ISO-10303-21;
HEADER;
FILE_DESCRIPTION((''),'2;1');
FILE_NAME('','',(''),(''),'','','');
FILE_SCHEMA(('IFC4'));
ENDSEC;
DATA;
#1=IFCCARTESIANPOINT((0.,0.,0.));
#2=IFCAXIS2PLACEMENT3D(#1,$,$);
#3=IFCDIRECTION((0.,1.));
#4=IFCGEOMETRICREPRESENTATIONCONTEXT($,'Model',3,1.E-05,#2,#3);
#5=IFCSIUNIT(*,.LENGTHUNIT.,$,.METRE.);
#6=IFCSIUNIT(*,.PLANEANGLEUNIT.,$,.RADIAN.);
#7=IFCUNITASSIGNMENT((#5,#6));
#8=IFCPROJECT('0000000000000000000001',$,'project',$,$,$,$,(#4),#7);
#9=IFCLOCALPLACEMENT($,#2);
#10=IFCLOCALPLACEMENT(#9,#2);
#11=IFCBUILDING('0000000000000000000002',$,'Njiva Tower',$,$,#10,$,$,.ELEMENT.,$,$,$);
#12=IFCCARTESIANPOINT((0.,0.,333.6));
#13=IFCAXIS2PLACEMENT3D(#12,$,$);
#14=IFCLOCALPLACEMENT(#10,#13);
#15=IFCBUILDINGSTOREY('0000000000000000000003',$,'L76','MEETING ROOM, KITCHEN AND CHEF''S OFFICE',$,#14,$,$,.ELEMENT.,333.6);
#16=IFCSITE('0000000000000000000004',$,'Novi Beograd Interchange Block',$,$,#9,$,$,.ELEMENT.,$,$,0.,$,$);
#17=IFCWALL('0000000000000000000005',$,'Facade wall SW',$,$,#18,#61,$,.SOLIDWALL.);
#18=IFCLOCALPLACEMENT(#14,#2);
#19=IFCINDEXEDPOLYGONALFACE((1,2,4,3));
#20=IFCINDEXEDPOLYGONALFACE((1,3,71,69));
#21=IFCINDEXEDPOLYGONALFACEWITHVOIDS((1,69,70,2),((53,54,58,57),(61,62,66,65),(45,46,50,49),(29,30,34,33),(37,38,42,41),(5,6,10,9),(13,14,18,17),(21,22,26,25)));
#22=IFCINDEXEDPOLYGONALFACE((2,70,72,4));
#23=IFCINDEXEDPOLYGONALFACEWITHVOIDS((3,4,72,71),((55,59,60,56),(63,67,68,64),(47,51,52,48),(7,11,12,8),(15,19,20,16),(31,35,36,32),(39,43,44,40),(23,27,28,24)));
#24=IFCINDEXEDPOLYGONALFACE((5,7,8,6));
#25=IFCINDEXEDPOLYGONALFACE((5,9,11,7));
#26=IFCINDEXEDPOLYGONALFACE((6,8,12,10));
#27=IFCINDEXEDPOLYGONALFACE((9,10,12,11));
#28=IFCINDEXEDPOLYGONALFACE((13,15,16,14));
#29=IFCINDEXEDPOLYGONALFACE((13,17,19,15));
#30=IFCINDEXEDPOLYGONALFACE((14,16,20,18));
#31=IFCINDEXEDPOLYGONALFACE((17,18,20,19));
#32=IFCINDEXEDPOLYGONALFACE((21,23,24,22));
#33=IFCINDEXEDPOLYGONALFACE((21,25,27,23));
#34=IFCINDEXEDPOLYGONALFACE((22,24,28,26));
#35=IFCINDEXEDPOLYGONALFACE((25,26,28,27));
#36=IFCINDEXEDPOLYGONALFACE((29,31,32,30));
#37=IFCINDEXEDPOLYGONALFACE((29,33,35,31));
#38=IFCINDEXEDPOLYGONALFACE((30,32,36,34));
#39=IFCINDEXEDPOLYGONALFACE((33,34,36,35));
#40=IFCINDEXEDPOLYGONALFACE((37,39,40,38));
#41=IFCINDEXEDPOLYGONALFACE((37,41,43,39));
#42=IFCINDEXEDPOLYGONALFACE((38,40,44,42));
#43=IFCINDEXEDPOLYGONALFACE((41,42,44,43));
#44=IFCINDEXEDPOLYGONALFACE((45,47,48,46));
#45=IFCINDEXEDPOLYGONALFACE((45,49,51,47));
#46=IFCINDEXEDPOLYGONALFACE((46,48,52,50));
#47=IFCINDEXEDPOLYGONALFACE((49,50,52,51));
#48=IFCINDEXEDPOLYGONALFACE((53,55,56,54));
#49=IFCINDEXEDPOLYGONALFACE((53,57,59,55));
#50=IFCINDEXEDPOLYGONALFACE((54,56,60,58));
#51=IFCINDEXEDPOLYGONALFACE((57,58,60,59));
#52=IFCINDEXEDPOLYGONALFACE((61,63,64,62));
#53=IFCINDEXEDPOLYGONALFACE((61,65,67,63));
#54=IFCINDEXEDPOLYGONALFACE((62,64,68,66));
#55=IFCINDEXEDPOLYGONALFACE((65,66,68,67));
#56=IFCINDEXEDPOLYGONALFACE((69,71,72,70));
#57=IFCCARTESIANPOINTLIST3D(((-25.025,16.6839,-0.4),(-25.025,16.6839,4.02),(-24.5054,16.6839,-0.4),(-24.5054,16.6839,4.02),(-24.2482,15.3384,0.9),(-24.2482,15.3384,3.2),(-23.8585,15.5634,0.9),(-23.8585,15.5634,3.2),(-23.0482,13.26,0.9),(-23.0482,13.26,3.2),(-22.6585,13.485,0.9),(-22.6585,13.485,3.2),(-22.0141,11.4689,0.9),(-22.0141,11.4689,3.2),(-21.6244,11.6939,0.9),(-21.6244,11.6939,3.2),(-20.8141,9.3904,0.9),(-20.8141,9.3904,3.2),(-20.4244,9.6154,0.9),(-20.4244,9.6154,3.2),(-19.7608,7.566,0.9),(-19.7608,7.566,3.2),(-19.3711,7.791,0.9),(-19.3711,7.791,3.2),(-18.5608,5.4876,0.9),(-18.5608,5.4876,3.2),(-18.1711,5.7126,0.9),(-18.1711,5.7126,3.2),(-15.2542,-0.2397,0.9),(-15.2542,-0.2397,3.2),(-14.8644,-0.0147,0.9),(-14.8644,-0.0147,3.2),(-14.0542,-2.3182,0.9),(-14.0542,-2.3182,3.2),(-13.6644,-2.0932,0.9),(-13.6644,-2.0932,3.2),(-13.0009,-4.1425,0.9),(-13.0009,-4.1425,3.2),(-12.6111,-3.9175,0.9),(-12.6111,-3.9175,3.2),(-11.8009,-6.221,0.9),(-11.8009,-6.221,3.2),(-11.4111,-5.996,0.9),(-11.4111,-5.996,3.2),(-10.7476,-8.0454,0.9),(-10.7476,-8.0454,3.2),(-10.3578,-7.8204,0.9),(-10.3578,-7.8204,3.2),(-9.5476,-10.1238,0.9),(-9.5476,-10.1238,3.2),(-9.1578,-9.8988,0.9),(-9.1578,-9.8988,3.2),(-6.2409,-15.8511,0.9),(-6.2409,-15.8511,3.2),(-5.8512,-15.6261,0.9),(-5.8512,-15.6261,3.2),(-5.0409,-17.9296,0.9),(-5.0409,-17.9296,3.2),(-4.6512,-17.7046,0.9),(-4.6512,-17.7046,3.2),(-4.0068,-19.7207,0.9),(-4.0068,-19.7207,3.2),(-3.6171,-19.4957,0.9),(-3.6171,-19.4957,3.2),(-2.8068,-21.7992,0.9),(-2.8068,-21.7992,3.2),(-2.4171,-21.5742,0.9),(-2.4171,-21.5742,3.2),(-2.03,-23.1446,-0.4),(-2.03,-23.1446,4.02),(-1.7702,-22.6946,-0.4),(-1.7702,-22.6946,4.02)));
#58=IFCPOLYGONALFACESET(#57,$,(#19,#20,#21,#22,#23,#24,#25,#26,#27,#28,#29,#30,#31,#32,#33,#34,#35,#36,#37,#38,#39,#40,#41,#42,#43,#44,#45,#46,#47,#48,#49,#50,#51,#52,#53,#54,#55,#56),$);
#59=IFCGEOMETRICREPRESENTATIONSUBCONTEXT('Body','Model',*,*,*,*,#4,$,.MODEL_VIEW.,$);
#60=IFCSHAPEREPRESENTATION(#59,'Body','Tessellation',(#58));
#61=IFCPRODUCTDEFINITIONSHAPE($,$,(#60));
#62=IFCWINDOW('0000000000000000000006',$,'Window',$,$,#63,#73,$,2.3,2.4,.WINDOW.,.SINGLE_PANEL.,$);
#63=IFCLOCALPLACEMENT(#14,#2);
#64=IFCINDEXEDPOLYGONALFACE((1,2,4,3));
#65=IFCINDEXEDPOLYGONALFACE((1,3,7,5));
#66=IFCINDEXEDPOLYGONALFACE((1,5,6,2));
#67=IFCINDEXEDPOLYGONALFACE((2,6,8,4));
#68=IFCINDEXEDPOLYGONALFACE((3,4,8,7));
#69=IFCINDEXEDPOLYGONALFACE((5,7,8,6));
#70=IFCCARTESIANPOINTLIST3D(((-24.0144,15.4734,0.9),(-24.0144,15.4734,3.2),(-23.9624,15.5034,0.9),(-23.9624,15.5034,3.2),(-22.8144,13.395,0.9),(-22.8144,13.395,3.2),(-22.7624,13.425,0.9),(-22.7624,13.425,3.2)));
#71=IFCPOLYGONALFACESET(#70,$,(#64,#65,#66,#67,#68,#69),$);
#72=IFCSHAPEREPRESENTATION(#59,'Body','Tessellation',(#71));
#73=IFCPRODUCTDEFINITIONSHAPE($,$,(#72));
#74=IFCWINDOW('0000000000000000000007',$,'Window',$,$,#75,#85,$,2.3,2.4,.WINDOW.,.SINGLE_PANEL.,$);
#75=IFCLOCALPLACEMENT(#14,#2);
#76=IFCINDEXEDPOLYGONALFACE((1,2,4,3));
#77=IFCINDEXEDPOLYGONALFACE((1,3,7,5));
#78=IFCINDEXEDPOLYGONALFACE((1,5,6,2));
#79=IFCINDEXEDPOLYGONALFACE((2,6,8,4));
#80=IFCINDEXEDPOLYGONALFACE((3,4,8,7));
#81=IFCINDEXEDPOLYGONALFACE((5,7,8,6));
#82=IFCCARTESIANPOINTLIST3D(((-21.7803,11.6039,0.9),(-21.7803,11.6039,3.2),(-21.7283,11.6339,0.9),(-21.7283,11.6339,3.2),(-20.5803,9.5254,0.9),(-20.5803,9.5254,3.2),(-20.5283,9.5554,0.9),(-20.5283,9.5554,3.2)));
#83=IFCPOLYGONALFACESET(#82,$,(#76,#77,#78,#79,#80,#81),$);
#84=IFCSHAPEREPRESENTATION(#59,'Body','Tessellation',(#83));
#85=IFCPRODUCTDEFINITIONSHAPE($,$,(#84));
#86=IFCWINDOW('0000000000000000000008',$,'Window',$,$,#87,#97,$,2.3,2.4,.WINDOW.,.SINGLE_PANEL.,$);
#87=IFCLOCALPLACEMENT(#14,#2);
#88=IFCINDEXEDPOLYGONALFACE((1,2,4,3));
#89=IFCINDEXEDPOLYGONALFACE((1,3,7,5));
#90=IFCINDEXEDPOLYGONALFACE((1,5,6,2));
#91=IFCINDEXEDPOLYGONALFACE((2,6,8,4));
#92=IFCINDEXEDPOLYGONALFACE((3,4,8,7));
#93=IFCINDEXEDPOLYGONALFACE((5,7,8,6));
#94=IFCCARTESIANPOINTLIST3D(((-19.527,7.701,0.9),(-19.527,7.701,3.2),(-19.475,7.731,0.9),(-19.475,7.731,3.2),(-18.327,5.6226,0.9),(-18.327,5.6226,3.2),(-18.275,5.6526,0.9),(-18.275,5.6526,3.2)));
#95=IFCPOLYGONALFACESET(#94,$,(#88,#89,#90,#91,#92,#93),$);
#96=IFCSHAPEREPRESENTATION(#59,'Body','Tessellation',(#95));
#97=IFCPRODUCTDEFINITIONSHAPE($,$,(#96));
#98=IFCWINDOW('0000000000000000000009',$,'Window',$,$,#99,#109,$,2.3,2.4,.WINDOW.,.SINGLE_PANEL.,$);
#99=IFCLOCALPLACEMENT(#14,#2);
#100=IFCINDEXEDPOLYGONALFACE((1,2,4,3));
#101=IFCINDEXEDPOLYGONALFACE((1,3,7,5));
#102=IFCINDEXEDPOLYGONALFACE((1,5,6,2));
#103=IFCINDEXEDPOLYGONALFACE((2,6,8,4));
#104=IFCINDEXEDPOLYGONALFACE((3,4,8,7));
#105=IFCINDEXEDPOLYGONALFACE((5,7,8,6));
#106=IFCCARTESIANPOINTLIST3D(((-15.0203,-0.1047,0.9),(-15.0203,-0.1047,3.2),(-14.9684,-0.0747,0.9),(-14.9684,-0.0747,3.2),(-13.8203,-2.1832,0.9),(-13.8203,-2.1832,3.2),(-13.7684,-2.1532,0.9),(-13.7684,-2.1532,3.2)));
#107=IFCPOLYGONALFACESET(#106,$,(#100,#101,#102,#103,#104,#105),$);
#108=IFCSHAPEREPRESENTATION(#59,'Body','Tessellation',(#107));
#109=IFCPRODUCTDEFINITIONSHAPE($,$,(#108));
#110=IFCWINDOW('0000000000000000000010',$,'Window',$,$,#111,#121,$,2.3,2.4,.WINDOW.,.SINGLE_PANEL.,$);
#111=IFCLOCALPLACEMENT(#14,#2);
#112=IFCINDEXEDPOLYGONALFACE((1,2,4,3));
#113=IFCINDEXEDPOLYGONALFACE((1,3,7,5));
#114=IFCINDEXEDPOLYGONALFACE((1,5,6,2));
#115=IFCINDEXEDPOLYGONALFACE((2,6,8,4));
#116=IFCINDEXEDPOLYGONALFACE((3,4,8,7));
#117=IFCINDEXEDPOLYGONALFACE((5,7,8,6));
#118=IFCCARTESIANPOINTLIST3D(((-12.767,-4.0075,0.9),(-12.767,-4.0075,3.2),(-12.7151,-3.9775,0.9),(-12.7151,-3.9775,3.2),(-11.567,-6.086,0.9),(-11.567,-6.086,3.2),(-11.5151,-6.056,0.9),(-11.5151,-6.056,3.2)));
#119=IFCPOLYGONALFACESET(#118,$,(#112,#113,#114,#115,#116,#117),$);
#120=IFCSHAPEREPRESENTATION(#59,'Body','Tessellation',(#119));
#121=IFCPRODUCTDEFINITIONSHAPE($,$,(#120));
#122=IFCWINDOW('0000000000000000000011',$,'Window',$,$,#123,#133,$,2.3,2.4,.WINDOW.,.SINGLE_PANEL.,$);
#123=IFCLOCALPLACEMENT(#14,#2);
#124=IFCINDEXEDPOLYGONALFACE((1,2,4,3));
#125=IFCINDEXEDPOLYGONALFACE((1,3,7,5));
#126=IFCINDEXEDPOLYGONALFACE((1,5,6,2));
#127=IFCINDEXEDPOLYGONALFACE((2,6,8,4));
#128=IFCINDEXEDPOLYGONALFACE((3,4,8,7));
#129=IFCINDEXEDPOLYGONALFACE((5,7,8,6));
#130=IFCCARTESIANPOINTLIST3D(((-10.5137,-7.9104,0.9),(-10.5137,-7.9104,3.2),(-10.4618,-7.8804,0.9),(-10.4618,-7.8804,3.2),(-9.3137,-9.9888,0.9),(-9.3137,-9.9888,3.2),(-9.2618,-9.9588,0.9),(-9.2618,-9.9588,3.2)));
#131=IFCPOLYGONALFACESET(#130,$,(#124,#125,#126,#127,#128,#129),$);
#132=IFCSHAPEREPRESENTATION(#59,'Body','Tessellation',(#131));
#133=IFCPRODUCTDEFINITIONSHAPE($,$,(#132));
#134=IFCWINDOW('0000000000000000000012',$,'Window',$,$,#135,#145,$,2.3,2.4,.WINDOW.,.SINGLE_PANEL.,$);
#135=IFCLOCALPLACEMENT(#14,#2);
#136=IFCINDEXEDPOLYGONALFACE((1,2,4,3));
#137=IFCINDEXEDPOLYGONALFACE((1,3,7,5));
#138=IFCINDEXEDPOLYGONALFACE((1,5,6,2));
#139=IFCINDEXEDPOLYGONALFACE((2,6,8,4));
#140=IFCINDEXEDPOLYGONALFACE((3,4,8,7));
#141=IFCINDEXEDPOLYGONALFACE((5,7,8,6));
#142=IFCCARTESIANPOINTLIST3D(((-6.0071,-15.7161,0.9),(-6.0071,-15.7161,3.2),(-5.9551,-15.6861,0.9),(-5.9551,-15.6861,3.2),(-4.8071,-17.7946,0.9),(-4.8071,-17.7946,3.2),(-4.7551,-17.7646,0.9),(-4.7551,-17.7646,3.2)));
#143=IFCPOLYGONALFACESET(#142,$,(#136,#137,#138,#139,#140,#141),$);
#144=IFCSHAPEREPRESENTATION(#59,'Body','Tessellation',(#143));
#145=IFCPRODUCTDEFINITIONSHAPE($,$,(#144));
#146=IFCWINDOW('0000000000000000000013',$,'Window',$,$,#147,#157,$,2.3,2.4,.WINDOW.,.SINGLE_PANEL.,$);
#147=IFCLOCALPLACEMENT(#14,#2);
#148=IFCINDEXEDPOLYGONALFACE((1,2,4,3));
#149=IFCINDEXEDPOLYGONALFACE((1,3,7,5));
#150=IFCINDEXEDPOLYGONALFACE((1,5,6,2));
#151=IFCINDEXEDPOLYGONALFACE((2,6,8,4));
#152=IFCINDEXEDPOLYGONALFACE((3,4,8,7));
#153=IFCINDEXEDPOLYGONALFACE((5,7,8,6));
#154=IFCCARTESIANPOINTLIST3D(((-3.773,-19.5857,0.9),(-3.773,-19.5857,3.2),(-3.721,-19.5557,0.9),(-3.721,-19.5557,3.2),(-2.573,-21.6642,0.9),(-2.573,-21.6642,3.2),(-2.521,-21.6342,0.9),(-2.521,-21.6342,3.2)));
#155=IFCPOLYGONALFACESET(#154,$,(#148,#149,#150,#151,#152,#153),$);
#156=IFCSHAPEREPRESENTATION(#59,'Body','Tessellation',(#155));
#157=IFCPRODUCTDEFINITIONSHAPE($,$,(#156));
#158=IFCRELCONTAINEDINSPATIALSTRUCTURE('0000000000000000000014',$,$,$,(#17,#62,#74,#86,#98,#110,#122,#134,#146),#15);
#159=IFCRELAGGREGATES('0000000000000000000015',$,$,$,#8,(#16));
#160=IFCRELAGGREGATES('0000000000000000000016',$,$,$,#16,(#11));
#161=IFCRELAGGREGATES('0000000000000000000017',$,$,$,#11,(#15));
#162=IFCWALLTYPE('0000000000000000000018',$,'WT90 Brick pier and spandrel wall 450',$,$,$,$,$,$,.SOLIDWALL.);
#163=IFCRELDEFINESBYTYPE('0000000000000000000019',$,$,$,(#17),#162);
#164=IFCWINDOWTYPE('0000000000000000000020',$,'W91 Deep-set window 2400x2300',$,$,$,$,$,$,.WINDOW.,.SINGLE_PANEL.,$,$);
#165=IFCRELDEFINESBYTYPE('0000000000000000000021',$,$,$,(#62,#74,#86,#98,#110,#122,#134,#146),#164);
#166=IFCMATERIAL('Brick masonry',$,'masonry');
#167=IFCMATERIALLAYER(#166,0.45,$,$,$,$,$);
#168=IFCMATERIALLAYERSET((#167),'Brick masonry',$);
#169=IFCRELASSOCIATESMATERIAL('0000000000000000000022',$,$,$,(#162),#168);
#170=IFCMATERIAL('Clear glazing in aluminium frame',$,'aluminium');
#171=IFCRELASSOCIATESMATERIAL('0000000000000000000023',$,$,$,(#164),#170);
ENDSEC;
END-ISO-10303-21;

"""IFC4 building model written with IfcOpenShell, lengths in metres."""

from ifc_helpers import new_model, si_unit, direction, frame, frame_2d, origin, place, context, subcontext, project, spatial, polyline, rectangle, outline, extrude, material, layer, layer_set, type_object, element, fill, save


model = new_model("IFC4")

# Units and contexts
model_context = context("Model", 3, precision=1e-05, world=origin(), true_north=direction((0.0, 1.0)))
body_context = subcontext(model_context, "Body", "Model", "MODEL_VIEW")
ifc_project = project(units=[si_unit("LENGTHUNIT", "METRE"), si_unit("PLANEANGLEUNIT", "RADIAN")], contexts=[model_context])

# Site, building, storey
site_placement = place(None, origin())
site = spatial("IfcSite", under=ifc_project, at=site_placement, Name="Novi Beograd Interchange Block", CompositionType="ELEMENT", RefElevation=0.0)
building_placement = place(site_placement, origin())
building = spatial("IfcBuilding", under=site, at=building_placement, Name="Njiva Tower", CompositionType="ELEMENT")
storey_placement = place(building_placement, frame((0.0, 0.0, 333.6)))
storey = spatial("IfcBuildingStorey", under=building, at=storey_placement, Name="L76", Description="MEETING ROOM, KITCHEN AND CHEF'S OFFICE", CompositionType="ELEMENT", Elevation=333.6)

# Wall, openings, windows
ifc_material_1 = material(Name="Brick masonry", Category="masonry")
ifc_layer_1 = layer(ifc_material_1, 0.45)
ifc_layer_set_1 = layer_set([ifc_layer_1], Name="Brick masonry")
wall_type_1 = type_object("IfcWallType", Name="WT90 Brick pier and spandrel wall 450", PredefinedType="SOLIDWALL", material=ifc_layer_set_1)
wall_1_placement = place(storey_placement, frame((-24.7652, 16.6839, -0.4), z_axis=(0.0, 0.0, 1.0), x_axis=(0.5, -0.866025, 0.0)))
wall_1 = element("IfcWall", 1, at=wall_1_placement, inside=storey, type_object=wall_type_1, Name="Facade wall SW", PredefinedType="SOLIDWALL", context=body_context, shape_type="SweptSolid", body=[
    extrude(outline(polyline([(-0.1299, -0.225), (45.8601, -0.225), (45.6003, 0.225), (0.1299, 0.225), (-0.1299, -0.225)])), origin(), (0.0, 0.0, 1.0), 4.42),
])
opening_1_placement = place(wall_1_placement, frame((1.4237, 0.0, 1.3)))
opening_1 = element("IfcOpeningElement", 2, at=opening_1_placement, cuts=wall_1, PredefinedType="OPENING", context=body_context, shape_type="SweptSolid", body=[
    extrude(rectangle(XDim=2.4, YDim=2.3, at=frame_2d((1.2, 1.15))), frame((0.0, 0.235, 0.0), z_axis=(0.0, -1.0, 0.0), x_axis=(1.0, 0.0, 0.0)), (0.0, 0.0, 1.0), 0.47),
])
opening_2_placement = place(wall_1_placement, frame((5.8919, 0.0, 1.3)))
opening_2 = element("IfcOpeningElement", 3, at=opening_2_placement, cuts=wall_1, PredefinedType="OPENING", context=body_context, shape_type="SweptSolid", body=[
    extrude(rectangle(XDim=2.4, YDim=2.3, at=frame_2d((1.2, 1.15))), frame((0.0, 0.235, 0.0), z_axis=(0.0, -1.0, 0.0), x_axis=(1.0, 0.0, 0.0)), (0.0, 0.0, 1.0), 0.47),
])
opening_3_placement = place(wall_1_placement, frame((10.3985, 0.0, 1.3)))
opening_3 = element("IfcOpeningElement", 4, at=opening_3_placement, cuts=wall_1, PredefinedType="OPENING", context=body_context, shape_type="SweptSolid", body=[
    extrude(rectangle(XDim=2.4, YDim=2.3, at=frame_2d((1.2, 1.15))), frame((0.0, 0.235, 0.0), z_axis=(0.0, -1.0, 0.0), x_axis=(1.0, 0.0, 0.0)), (0.0, 0.0, 1.0), 0.47),
])
opening_4_placement = place(wall_1_placement, frame((19.4118, 0.0, 1.3)))
opening_4 = element("IfcOpeningElement", 5, at=opening_4_placement, cuts=wall_1, PredefinedType="OPENING", context=body_context, shape_type="SweptSolid", body=[
    extrude(rectangle(XDim=2.4, YDim=2.3, at=frame_2d((1.2, 1.15))), frame((0.0, 0.235, 0.0), z_axis=(0.0, -1.0, 0.0), x_axis=(1.0, 0.0, 0.0)), (0.0, 0.0, 1.0), 0.47),
])
opening_5_placement = place(wall_1_placement, frame((23.9184, 0.0, 1.3)))
opening_5 = element("IfcOpeningElement", 6, at=opening_5_placement, cuts=wall_1, PredefinedType="OPENING", context=body_context, shape_type="SweptSolid", body=[
    extrude(rectangle(XDim=2.4, YDim=2.3, at=frame_2d((1.2, 1.15))), frame((0.0, 0.235, 0.0), z_axis=(0.0, -1.0, 0.0), x_axis=(1.0, 0.0, 0.0)), (0.0, 0.0, 1.0), 0.47),
])
opening_6_placement = place(wall_1_placement, frame((28.425, 0.0, 1.3)))
opening_6 = element("IfcOpeningElement", 7, at=opening_6_placement, cuts=wall_1, PredefinedType="OPENING", context=body_context, shape_type="SweptSolid", body=[
    extrude(rectangle(XDim=2.4, YDim=2.3, at=frame_2d((1.2, 1.15))), frame((0.0, 0.235, 0.0), z_axis=(0.0, -1.0, 0.0), x_axis=(1.0, 0.0, 0.0)), (0.0, 0.0, 1.0), 0.47),
])
opening_7_placement = place(wall_1_placement, frame((37.4383, 0.0, 1.3)))
opening_7 = element("IfcOpeningElement", 8, at=opening_7_placement, cuts=wall_1, PredefinedType="OPENING", context=body_context, shape_type="SweptSolid", body=[
    extrude(rectangle(XDim=2.4, YDim=2.3, at=frame_2d((1.2, 1.15))), frame((0.0, 0.235, 0.0), z_axis=(0.0, -1.0, 0.0), x_axis=(1.0, 0.0, 0.0)), (0.0, 0.0, 1.0), 0.47),
])
opening_8_placement = place(wall_1_placement, frame((41.9065, 0.0, 1.3)))
opening_8 = element("IfcOpeningElement", 9, at=opening_8_placement, cuts=wall_1, PredefinedType="OPENING", context=body_context, shape_type="SweptSolid", body=[
    extrude(rectangle(XDim=2.4, YDim=2.3, at=frame_2d((1.2, 1.15))), frame((0.0, 0.235, 0.0), z_axis=(0.0, -1.0, 0.0), x_axis=(1.0, 0.0, 0.0)), (0.0, 0.0, 1.0), 0.47),
])
ifc_material_2 = material(Name="Clear glazing in aluminium frame", Category="aluminium")
window_type_1 = type_object("IfcWindowType", Name="W91 Deep-set window 2400x2300", PartitioningType="SINGLE_PANEL", PredefinedType="WINDOW", material=ifc_material_2)
window_1_placement = place(opening_1_placement, origin())
window_1 = element("IfcWindow", 10, at=window_1_placement, inside=storey, type_object=window_type_1, Name="Window", OverallHeight=2.3, OverallWidth=2.4, PartitioningType="SINGLE_PANEL", PredefinedType="WINDOW", context=body_context, shape_type="SweptSolid", body=[
    extrude(rectangle(XDim=2.4, YDim=2.3, at=frame_2d((1.2, 1.15))), frame((0.0, 0.105, 0.0), z_axis=(0.0, -1.0, 0.0), x_axis=(1.0, 0.0, 0.0)), (0.0, 0.0, 1.0), 0.06),
])
fill(opening_1, window_1)
window_2_placement = place(opening_2_placement, origin())
window_2 = element("IfcWindow", 11, at=window_2_placement, inside=storey, type_object=window_type_1, Name="Window", OverallHeight=2.3, OverallWidth=2.4, PartitioningType="SINGLE_PANEL", PredefinedType="WINDOW", context=body_context, shape_type="SweptSolid", body=[
    extrude(rectangle(XDim=2.4, YDim=2.3, at=frame_2d((1.2, 1.15))), frame((0.0, 0.105, 0.0), z_axis=(0.0, -1.0, 0.0), x_axis=(1.0, 0.0, 0.0)), (0.0, 0.0, 1.0), 0.06),
])
fill(opening_2, window_2)
window_3_placement = place(opening_3_placement, origin())
window_3 = element("IfcWindow", 12, at=window_3_placement, inside=storey, type_object=window_type_1, Name="Window", OverallHeight=2.3, OverallWidth=2.4, PartitioningType="SINGLE_PANEL", PredefinedType="WINDOW", context=body_context, shape_type="SweptSolid", body=[
    extrude(rectangle(XDim=2.4, YDim=2.3, at=frame_2d((1.2, 1.15))), frame((0.0, 0.105, 0.0), z_axis=(0.0, -1.0, 0.0), x_axis=(1.0, 0.0, 0.0)), (0.0, 0.0, 1.0), 0.06),
])
fill(opening_3, window_3)
window_4_placement = place(opening_4_placement, origin())
window_4 = element("IfcWindow", 13, at=window_4_placement, inside=storey, type_object=window_type_1, Name="Window", OverallHeight=2.3, OverallWidth=2.4, PartitioningType="SINGLE_PANEL", PredefinedType="WINDOW", context=body_context, shape_type="SweptSolid", body=[
    extrude(rectangle(XDim=2.4, YDim=2.3, at=frame_2d((1.2, 1.15))), frame((0.0, 0.105, 0.0), z_axis=(0.0, -1.0, 0.0), x_axis=(1.0, 0.0, 0.0)), (0.0, 0.0, 1.0), 0.06),
])
fill(opening_4, window_4)
window_5_placement = place(opening_5_placement, origin())
window_5 = element("IfcWindow", 14, at=window_5_placement, inside=storey, type_object=window_type_1, Name="Window", OverallHeight=2.3, OverallWidth=2.4, PartitioningType="SINGLE_PANEL", PredefinedType="WINDOW", context=body_context, shape_type="SweptSolid", body=[
    extrude(rectangle(XDim=2.4, YDim=2.3, at=frame_2d((1.2, 1.15))), frame((0.0, 0.105, 0.0), z_axis=(0.0, -1.0, 0.0), x_axis=(1.0, 0.0, 0.0)), (0.0, 0.0, 1.0), 0.06),
])
fill(opening_5, window_5)
window_6_placement = place(opening_6_placement, origin())
window_6 = element("IfcWindow", 15, at=window_6_placement, inside=storey, type_object=window_type_1, Name="Window", OverallHeight=2.3, OverallWidth=2.4, PartitioningType="SINGLE_PANEL", PredefinedType="WINDOW", context=body_context, shape_type="SweptSolid", body=[
    extrude(rectangle(XDim=2.4, YDim=2.3, at=frame_2d((1.2, 1.15))), frame((0.0, 0.105, 0.0), z_axis=(0.0, -1.0, 0.0), x_axis=(1.0, 0.0, 0.0)), (0.0, 0.0, 1.0), 0.06),
])
fill(opening_6, window_6)
window_7_placement = place(opening_7_placement, origin())
window_7 = element("IfcWindow", 16, at=window_7_placement, inside=storey, type_object=window_type_1, Name="Window", OverallHeight=2.3, OverallWidth=2.4, PartitioningType="SINGLE_PANEL", PredefinedType="WINDOW", context=body_context, shape_type="SweptSolid", body=[
    extrude(rectangle(XDim=2.4, YDim=2.3, at=frame_2d((1.2, 1.15))), frame((0.0, 0.105, 0.0), z_axis=(0.0, -1.0, 0.0), x_axis=(1.0, 0.0, 0.0)), (0.0, 0.0, 1.0), 0.06),
])
fill(opening_7, window_7)
window_8_placement = place(opening_8_placement, origin())
window_8 = element("IfcWindow", 17, at=window_8_placement, inside=storey, type_object=window_type_1, Name="Window", OverallHeight=2.3, OverallWidth=2.4, PartitioningType="SINGLE_PANEL", PredefinedType="WINDOW", context=body_context, shape_type="SweptSolid", body=[
    extrude(rectangle(XDim=2.4, YDim=2.3, at=frame_2d((1.2, 1.15))), frame((0.0, 0.105, 0.0), z_axis=(0.0, -1.0, 0.0), x_axis=(1.0, 0.0, 0.0)), (0.0, 0.0, 1.0), 0.06),
])
fill(opening_8, window_8)

save(model, "model.ifc")
